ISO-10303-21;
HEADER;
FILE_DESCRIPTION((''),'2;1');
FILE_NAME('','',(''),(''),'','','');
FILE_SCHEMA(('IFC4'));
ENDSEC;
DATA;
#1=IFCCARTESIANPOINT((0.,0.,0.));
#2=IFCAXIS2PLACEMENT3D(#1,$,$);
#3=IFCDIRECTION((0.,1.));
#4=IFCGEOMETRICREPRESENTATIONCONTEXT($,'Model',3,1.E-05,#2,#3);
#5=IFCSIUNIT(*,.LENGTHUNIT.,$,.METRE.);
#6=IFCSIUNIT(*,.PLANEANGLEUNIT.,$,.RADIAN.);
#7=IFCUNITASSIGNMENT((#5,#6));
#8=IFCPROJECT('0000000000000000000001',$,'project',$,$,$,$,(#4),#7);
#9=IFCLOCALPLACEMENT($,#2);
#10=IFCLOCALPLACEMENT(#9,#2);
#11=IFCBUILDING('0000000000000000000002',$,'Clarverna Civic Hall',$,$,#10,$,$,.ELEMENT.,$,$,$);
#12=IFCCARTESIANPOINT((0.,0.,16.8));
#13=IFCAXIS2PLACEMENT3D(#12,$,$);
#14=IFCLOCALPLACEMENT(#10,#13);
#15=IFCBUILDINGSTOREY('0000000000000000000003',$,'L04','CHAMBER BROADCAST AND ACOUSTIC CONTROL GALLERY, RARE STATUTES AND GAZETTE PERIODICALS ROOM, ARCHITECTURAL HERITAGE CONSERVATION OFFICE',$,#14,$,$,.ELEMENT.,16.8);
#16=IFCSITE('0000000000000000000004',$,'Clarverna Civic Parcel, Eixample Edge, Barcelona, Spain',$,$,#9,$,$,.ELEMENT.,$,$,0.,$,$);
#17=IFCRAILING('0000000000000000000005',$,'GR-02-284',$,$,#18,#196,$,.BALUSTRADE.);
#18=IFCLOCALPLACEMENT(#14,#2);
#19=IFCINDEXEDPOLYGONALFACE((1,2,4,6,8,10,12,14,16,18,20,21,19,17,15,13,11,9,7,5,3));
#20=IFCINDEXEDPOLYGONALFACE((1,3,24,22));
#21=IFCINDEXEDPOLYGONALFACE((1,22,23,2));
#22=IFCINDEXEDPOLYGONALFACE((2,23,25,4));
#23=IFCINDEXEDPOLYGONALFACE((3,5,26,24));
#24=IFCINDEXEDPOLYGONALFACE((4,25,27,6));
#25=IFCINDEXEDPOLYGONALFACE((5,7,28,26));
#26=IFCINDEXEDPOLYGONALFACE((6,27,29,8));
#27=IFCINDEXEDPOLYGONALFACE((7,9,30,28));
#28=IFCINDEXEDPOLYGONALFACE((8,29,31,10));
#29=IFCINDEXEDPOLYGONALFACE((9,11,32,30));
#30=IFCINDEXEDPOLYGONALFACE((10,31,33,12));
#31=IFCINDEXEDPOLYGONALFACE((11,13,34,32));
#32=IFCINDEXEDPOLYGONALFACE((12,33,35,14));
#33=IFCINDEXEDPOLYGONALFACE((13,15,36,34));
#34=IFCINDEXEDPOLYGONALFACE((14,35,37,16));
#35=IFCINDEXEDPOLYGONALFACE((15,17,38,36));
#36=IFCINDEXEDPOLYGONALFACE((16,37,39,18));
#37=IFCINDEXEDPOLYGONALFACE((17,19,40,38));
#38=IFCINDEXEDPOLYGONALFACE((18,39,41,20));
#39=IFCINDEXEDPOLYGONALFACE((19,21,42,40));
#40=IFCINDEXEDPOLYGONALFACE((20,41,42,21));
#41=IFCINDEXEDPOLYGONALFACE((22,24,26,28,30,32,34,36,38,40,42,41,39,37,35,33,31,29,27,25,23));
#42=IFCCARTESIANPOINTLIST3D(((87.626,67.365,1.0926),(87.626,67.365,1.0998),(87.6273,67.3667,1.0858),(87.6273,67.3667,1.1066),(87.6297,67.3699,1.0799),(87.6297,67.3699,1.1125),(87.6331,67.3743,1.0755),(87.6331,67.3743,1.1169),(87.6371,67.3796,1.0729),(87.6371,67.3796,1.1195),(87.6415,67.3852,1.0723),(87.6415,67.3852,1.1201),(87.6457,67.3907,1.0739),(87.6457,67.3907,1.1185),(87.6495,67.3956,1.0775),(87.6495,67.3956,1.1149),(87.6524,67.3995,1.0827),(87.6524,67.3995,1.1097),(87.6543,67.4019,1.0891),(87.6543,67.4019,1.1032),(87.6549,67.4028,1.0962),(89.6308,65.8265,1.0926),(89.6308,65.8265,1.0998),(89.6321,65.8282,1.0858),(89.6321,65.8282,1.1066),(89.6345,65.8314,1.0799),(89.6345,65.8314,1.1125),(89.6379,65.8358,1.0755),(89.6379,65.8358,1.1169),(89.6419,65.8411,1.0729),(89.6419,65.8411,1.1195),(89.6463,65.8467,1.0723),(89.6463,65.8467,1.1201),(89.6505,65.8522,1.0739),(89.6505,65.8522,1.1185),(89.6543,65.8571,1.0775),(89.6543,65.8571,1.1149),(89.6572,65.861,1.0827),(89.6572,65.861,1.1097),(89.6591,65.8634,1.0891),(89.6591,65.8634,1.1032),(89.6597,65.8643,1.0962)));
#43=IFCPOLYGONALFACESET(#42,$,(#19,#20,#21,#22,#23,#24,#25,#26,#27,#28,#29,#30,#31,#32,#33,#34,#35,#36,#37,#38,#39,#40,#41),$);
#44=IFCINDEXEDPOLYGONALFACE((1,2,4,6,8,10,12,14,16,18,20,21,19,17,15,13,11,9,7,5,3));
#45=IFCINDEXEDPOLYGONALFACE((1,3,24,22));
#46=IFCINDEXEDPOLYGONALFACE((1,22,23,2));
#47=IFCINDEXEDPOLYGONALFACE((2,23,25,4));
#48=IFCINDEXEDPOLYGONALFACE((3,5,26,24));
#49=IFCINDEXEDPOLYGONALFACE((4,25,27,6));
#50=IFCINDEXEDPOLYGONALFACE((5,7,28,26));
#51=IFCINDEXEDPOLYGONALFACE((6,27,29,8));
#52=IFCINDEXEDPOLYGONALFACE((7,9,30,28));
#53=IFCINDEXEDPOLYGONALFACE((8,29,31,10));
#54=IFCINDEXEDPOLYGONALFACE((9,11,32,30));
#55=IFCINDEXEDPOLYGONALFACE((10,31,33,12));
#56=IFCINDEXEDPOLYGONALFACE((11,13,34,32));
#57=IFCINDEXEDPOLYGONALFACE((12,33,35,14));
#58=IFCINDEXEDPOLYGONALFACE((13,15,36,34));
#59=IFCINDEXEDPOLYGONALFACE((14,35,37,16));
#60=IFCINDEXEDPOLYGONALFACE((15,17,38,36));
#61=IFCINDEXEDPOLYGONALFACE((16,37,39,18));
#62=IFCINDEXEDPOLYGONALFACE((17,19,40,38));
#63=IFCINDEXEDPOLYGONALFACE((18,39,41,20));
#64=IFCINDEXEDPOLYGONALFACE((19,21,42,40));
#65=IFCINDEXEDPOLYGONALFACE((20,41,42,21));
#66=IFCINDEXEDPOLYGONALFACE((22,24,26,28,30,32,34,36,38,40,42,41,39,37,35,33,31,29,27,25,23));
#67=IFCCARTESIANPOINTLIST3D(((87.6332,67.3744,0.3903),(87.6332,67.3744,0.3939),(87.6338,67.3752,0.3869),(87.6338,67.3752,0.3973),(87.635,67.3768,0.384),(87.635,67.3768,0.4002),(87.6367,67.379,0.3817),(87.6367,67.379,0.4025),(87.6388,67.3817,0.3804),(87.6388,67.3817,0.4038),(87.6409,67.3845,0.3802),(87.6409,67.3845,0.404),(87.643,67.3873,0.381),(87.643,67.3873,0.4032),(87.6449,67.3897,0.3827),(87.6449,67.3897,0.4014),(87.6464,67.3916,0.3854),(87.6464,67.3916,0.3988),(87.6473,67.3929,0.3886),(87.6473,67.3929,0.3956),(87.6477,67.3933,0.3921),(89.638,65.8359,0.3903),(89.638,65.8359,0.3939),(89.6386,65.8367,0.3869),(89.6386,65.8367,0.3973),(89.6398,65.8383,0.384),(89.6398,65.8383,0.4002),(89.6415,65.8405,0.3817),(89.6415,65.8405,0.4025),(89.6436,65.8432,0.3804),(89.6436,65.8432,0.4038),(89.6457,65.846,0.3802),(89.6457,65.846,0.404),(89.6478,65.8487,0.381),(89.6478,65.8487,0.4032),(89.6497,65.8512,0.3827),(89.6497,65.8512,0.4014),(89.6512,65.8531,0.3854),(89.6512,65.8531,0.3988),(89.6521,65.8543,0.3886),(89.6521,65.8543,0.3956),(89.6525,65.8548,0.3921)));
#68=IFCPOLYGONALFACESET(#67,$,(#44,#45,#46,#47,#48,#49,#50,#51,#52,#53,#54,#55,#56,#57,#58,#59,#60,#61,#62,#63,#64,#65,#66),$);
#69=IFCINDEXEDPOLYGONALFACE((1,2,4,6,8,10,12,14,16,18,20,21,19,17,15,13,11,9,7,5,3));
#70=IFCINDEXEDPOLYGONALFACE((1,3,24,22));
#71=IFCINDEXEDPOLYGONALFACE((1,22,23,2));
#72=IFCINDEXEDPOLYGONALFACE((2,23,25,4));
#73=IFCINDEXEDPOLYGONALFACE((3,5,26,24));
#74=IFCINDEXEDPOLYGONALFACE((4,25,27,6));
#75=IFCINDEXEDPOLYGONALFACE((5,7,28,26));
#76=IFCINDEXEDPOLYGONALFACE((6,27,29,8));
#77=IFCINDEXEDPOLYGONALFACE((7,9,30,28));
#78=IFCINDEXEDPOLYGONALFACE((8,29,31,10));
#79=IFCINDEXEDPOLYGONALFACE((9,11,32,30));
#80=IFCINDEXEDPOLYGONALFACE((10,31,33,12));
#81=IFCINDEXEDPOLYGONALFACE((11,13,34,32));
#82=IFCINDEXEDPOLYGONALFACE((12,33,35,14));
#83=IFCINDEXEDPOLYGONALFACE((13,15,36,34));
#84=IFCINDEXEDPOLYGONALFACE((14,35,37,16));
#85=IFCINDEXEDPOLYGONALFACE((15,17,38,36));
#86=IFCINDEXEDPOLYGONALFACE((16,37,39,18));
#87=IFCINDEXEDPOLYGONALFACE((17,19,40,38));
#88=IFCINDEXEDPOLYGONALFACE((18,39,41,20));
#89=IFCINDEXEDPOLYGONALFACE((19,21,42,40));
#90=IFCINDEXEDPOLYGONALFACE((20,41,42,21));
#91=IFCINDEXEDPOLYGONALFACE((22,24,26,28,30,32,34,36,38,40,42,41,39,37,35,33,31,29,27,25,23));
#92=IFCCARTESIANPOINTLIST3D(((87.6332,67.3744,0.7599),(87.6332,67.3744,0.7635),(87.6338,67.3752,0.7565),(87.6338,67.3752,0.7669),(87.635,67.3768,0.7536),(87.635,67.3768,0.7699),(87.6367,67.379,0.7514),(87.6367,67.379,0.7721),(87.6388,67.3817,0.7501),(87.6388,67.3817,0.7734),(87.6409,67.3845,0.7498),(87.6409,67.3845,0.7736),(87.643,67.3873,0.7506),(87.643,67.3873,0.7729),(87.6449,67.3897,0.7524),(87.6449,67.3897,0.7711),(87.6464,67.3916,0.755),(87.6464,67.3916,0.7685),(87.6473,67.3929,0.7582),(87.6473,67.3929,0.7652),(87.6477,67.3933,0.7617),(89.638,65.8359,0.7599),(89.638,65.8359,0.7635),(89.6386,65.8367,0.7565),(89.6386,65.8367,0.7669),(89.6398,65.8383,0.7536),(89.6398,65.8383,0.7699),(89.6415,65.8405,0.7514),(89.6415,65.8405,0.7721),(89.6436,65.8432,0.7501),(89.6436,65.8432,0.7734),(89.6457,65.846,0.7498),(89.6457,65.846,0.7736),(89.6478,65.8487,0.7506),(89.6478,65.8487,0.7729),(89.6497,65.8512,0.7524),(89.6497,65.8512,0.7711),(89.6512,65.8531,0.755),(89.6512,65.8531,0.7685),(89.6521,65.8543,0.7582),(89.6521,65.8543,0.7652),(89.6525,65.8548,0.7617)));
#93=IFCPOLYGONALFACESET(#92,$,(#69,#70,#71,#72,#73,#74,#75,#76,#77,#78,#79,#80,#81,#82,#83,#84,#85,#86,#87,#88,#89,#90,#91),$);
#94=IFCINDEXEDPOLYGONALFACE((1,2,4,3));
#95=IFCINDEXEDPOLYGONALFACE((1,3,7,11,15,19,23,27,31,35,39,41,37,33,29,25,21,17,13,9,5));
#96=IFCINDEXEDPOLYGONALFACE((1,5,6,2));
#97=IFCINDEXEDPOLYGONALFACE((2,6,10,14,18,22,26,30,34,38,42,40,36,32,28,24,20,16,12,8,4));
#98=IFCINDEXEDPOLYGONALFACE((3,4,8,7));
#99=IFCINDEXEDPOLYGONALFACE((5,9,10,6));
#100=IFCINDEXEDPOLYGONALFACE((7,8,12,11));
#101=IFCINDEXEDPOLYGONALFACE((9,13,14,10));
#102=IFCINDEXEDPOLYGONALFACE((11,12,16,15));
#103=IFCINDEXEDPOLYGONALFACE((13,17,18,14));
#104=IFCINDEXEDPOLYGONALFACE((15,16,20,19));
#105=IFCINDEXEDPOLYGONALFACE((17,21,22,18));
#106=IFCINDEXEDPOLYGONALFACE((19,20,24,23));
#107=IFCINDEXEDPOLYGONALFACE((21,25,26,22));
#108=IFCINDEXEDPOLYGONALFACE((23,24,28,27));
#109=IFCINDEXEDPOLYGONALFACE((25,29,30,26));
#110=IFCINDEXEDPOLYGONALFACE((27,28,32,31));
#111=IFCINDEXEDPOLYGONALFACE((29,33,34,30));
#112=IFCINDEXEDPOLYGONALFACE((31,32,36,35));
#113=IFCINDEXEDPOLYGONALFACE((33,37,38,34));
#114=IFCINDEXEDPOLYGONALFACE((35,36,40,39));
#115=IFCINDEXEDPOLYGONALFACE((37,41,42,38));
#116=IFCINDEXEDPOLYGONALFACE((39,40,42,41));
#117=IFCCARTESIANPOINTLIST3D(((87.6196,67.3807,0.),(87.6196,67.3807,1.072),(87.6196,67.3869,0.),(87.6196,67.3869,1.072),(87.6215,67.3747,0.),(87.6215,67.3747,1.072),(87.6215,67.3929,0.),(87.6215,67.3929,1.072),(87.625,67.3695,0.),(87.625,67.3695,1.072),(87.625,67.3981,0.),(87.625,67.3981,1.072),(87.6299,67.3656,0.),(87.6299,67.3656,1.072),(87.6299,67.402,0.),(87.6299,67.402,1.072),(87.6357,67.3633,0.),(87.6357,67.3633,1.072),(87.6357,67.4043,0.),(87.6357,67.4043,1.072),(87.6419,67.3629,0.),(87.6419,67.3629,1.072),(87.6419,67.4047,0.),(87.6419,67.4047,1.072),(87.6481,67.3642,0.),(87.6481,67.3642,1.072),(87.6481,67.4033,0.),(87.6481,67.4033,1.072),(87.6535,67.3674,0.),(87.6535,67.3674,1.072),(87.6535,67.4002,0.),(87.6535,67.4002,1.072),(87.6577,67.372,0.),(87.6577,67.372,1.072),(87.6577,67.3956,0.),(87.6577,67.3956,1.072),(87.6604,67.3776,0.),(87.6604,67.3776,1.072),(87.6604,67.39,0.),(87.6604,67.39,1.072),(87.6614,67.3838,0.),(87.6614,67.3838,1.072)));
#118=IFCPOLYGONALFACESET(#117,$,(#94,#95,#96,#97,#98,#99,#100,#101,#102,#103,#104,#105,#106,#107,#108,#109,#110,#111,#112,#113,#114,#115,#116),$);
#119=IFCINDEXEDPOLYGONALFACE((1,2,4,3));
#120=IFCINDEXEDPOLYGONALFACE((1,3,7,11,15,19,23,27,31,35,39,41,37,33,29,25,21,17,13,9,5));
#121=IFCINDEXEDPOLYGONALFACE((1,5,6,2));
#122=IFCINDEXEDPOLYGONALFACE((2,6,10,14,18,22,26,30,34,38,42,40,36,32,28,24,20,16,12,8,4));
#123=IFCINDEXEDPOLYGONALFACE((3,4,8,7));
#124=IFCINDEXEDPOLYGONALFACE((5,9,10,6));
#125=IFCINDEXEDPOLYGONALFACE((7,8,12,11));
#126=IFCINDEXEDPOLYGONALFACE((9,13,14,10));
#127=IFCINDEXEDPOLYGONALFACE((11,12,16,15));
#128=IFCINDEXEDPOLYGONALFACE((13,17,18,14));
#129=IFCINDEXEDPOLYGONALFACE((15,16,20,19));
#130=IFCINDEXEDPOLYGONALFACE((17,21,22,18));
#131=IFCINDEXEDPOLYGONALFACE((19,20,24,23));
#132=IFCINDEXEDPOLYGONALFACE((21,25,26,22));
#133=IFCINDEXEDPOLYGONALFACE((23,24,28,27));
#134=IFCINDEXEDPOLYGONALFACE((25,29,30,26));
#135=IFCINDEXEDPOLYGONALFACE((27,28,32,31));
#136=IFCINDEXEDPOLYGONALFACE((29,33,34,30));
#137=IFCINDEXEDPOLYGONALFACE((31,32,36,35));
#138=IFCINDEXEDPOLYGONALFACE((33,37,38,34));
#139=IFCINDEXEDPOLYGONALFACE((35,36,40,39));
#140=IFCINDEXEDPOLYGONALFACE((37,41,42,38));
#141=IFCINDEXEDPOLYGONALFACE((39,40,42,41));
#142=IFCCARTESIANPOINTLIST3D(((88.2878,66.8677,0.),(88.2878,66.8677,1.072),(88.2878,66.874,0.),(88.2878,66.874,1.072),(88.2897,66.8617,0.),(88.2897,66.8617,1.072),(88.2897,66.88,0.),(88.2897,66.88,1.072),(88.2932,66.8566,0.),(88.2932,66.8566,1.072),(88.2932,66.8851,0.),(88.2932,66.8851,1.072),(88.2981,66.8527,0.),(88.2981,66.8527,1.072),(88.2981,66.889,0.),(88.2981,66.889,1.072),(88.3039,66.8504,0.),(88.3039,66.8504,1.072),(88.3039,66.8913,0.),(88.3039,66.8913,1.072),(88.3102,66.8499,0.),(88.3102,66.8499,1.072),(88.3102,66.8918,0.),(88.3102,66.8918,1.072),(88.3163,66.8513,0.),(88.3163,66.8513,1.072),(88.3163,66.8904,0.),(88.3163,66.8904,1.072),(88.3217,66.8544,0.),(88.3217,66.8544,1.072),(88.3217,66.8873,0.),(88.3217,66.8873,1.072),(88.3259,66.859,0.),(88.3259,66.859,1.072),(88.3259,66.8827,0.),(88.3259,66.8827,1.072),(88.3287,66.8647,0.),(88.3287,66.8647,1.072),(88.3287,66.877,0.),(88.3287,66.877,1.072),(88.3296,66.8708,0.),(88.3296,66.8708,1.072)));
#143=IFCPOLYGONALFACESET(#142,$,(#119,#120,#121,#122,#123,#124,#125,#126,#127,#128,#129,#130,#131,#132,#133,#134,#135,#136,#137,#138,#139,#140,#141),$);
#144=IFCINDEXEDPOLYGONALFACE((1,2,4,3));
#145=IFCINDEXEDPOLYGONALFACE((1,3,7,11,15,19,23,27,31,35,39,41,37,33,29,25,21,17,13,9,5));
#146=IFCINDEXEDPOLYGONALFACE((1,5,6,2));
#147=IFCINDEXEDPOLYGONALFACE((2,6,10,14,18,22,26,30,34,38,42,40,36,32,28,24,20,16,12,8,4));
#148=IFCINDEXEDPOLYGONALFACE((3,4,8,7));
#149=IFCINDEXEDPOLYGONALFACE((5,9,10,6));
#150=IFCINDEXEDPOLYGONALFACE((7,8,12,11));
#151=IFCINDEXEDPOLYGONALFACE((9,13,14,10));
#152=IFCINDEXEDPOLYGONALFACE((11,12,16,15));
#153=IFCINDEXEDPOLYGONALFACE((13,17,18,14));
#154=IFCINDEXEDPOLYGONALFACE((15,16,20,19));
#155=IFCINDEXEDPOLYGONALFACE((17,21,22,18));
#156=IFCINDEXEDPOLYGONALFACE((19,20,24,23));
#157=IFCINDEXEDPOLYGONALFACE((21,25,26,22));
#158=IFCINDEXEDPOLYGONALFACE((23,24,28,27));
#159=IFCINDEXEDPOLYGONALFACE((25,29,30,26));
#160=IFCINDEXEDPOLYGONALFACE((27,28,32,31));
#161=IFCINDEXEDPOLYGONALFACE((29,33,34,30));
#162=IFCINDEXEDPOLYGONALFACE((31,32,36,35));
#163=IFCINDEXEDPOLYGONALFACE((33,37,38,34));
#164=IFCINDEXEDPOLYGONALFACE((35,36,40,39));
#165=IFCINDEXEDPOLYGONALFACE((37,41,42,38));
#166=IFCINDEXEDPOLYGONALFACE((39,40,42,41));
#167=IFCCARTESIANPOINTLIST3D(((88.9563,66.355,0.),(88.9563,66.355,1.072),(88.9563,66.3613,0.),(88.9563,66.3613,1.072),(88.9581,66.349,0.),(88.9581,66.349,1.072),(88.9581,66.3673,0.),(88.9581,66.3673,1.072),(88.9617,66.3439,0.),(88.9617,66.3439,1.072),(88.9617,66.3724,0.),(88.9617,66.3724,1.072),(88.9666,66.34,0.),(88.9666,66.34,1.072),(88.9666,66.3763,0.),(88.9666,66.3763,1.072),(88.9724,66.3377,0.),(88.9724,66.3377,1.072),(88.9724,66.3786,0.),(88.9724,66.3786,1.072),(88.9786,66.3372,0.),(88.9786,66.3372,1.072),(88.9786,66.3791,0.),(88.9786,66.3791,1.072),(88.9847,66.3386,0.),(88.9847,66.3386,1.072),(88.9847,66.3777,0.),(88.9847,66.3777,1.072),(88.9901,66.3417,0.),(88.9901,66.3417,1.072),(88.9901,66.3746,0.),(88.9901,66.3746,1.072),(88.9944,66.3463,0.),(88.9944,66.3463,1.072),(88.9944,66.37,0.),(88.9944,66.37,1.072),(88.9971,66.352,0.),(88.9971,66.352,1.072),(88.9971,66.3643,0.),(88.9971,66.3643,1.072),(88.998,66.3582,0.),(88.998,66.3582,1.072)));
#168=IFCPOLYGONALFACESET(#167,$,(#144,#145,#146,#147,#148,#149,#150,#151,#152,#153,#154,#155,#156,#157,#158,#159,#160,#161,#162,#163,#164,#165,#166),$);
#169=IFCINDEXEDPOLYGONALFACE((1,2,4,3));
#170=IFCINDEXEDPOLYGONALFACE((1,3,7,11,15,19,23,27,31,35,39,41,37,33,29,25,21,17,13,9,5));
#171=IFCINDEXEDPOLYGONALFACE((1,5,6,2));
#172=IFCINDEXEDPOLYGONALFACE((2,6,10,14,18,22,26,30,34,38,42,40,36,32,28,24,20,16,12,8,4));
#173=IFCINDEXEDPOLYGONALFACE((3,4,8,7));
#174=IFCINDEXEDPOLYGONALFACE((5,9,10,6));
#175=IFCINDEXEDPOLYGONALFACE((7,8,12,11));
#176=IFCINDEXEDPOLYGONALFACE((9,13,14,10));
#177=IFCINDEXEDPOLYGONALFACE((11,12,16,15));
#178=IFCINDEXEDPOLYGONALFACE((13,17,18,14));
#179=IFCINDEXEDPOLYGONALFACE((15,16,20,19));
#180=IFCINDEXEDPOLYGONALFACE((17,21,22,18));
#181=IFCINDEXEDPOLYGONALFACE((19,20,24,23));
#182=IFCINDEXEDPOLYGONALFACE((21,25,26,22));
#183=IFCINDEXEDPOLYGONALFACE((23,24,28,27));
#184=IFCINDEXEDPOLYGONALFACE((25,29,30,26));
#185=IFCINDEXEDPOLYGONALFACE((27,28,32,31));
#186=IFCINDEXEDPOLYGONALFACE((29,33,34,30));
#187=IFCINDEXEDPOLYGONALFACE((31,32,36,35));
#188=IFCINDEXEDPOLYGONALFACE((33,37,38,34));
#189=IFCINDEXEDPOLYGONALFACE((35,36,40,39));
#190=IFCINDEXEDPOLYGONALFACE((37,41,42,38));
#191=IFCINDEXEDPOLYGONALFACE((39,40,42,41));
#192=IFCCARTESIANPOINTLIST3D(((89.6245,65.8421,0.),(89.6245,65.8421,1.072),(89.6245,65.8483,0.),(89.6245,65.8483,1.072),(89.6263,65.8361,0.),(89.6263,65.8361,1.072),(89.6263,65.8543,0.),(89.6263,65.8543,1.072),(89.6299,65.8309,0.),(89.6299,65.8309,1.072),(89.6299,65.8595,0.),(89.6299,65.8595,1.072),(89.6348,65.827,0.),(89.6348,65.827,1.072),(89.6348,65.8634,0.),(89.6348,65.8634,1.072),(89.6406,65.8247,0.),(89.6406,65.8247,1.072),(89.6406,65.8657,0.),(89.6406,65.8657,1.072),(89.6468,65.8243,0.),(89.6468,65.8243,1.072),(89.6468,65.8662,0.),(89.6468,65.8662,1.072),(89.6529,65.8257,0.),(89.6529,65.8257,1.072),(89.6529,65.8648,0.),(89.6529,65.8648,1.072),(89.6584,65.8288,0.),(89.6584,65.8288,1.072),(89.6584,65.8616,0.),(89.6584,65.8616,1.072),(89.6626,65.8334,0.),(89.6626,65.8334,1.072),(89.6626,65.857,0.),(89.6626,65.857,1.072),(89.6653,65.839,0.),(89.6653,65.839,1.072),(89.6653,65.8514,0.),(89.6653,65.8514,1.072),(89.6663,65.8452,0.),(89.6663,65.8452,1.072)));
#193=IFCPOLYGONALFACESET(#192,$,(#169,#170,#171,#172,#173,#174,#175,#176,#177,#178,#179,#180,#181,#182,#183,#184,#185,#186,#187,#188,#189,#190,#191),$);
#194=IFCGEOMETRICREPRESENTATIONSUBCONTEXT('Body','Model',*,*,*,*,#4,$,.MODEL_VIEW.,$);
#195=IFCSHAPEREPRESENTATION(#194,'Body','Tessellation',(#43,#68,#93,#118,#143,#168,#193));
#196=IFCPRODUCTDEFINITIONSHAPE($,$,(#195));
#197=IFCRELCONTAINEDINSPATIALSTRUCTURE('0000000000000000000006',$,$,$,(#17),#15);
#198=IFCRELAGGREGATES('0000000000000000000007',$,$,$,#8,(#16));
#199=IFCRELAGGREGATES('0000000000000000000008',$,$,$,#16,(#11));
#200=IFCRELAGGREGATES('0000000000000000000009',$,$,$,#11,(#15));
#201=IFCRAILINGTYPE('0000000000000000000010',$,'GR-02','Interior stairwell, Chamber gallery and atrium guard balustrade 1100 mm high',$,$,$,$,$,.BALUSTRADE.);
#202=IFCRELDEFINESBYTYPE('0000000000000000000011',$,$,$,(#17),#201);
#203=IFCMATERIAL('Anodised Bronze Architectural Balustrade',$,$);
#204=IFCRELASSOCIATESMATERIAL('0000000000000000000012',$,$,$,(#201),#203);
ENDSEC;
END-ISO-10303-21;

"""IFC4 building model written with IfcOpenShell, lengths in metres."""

from ifc_helpers import new_model, si_unit, direction, frame, origin, origin_2d, place, context, subcontext, project, spatial, circle, extrude, material, type_object, element, save


model = new_model("IFC4")

# Units and contexts
model_context = context("Model", 3, precision=1e-05, world=origin(), true_north=direction((0.0, 1.0)))
body_context = subcontext(model_context, "Body", "Model", "MODEL_VIEW")
ifc_project = project(units=[si_unit("LENGTHUNIT", "METRE"), si_unit("PLANEANGLEUNIT", "RADIAN")], contexts=[model_context])

# Site, building, storey
site_placement = place(None, origin())
site = spatial("IfcSite", under=ifc_project, at=site_placement, Name="Clarverna Civic Parcel, Eixample Edge, Barcelona, Spain", CompositionType="ELEMENT", RefElevation=0.0)
building_placement = place(site_placement, origin())
building = spatial("IfcBuilding", under=site, at=building_placement, Name="Clarverna Civic Hall", CompositionType="ELEMENT")
storey_placement = place(building_placement, frame((0.0, 0.0, 16.8)))
storey = spatial("IfcBuildingStorey", under=building, at=storey_placement, Name="L04", Description="CHAMBER BROADCAST AND ACOUSTIC CONTROL GALLERY, RARE STATUTES AND GAZETTE PERIODICALS ROOM, ARCHITECTURAL HERITAGE CONSERVATION OFFICE", CompositionType="ELEMENT", Elevation=16.8)

# Railing
ifc_material_1 = material(Name="Anodised Bronze Architectural Balustrade")
railing_type = type_object("IfcRailingType", Name="GR-02", Description="Interior stairwell, Chamber gallery and atrium guard balustrade 1100 mm high", PredefinedType="BALUSTRADE", material=ifc_material_1)
railing_1_placement = place(storey_placement, frame((87.6404, 67.3838, 0.0)))
element("IfcRailing", 1, at=railing_1_placement, inside=storey, type_object=railing_type, Name="GR-02-284", PredefinedType="BALUSTRADE", context=body_context, shape_type="SweptSolid", body=[
    extrude(circle(Radius=0.0239, at=origin_2d()), frame((0.0, 0.0, 1.0962), z_axis=(0.79332, -0.608805, 0.0), x_axis=(0.608805, 0.79332, 0.0)), (0.0, 0.0, 1.0), 2.5271),
    extrude(circle(Radius=0.012, at=origin_2d()), frame((0.0, 0.0, 0.3921), z_axis=(0.79332, -0.608805, 0.0), x_axis=(0.608805, 0.79332, 0.0)), (0.0, 0.0, 1.0), 2.5271),
    extrude(circle(Radius=0.012, at=origin_2d()), frame((0.0, 0.0, 0.7617), z_axis=(0.79332, -0.608805, 0.0), x_axis=(0.608805, 0.79332, 0.0)), (0.0, 0.0, 1.0), 2.5271),
    extrude(circle(Radius=0.021, at=origin_2d()), origin(), (0.0, 0.0, 1.0), 1.072),
    extrude(circle(Radius=0.021, at=origin_2d()), frame((0.6682, -0.5129, 0.0)), (0.0, 0.0, 1.0), 1.072),
    extrude(circle(Radius=0.021, at=origin_2d()), frame((1.3367, -1.0256, 0.0)), (0.0, 0.0, 1.0), 1.072),
    extrude(circle(Radius=0.021, at=origin_2d()), frame((2.0049, -1.5386, 0.0)), (0.0, 0.0, 1.0), 1.072),
])

save(model, "model.ifc")
